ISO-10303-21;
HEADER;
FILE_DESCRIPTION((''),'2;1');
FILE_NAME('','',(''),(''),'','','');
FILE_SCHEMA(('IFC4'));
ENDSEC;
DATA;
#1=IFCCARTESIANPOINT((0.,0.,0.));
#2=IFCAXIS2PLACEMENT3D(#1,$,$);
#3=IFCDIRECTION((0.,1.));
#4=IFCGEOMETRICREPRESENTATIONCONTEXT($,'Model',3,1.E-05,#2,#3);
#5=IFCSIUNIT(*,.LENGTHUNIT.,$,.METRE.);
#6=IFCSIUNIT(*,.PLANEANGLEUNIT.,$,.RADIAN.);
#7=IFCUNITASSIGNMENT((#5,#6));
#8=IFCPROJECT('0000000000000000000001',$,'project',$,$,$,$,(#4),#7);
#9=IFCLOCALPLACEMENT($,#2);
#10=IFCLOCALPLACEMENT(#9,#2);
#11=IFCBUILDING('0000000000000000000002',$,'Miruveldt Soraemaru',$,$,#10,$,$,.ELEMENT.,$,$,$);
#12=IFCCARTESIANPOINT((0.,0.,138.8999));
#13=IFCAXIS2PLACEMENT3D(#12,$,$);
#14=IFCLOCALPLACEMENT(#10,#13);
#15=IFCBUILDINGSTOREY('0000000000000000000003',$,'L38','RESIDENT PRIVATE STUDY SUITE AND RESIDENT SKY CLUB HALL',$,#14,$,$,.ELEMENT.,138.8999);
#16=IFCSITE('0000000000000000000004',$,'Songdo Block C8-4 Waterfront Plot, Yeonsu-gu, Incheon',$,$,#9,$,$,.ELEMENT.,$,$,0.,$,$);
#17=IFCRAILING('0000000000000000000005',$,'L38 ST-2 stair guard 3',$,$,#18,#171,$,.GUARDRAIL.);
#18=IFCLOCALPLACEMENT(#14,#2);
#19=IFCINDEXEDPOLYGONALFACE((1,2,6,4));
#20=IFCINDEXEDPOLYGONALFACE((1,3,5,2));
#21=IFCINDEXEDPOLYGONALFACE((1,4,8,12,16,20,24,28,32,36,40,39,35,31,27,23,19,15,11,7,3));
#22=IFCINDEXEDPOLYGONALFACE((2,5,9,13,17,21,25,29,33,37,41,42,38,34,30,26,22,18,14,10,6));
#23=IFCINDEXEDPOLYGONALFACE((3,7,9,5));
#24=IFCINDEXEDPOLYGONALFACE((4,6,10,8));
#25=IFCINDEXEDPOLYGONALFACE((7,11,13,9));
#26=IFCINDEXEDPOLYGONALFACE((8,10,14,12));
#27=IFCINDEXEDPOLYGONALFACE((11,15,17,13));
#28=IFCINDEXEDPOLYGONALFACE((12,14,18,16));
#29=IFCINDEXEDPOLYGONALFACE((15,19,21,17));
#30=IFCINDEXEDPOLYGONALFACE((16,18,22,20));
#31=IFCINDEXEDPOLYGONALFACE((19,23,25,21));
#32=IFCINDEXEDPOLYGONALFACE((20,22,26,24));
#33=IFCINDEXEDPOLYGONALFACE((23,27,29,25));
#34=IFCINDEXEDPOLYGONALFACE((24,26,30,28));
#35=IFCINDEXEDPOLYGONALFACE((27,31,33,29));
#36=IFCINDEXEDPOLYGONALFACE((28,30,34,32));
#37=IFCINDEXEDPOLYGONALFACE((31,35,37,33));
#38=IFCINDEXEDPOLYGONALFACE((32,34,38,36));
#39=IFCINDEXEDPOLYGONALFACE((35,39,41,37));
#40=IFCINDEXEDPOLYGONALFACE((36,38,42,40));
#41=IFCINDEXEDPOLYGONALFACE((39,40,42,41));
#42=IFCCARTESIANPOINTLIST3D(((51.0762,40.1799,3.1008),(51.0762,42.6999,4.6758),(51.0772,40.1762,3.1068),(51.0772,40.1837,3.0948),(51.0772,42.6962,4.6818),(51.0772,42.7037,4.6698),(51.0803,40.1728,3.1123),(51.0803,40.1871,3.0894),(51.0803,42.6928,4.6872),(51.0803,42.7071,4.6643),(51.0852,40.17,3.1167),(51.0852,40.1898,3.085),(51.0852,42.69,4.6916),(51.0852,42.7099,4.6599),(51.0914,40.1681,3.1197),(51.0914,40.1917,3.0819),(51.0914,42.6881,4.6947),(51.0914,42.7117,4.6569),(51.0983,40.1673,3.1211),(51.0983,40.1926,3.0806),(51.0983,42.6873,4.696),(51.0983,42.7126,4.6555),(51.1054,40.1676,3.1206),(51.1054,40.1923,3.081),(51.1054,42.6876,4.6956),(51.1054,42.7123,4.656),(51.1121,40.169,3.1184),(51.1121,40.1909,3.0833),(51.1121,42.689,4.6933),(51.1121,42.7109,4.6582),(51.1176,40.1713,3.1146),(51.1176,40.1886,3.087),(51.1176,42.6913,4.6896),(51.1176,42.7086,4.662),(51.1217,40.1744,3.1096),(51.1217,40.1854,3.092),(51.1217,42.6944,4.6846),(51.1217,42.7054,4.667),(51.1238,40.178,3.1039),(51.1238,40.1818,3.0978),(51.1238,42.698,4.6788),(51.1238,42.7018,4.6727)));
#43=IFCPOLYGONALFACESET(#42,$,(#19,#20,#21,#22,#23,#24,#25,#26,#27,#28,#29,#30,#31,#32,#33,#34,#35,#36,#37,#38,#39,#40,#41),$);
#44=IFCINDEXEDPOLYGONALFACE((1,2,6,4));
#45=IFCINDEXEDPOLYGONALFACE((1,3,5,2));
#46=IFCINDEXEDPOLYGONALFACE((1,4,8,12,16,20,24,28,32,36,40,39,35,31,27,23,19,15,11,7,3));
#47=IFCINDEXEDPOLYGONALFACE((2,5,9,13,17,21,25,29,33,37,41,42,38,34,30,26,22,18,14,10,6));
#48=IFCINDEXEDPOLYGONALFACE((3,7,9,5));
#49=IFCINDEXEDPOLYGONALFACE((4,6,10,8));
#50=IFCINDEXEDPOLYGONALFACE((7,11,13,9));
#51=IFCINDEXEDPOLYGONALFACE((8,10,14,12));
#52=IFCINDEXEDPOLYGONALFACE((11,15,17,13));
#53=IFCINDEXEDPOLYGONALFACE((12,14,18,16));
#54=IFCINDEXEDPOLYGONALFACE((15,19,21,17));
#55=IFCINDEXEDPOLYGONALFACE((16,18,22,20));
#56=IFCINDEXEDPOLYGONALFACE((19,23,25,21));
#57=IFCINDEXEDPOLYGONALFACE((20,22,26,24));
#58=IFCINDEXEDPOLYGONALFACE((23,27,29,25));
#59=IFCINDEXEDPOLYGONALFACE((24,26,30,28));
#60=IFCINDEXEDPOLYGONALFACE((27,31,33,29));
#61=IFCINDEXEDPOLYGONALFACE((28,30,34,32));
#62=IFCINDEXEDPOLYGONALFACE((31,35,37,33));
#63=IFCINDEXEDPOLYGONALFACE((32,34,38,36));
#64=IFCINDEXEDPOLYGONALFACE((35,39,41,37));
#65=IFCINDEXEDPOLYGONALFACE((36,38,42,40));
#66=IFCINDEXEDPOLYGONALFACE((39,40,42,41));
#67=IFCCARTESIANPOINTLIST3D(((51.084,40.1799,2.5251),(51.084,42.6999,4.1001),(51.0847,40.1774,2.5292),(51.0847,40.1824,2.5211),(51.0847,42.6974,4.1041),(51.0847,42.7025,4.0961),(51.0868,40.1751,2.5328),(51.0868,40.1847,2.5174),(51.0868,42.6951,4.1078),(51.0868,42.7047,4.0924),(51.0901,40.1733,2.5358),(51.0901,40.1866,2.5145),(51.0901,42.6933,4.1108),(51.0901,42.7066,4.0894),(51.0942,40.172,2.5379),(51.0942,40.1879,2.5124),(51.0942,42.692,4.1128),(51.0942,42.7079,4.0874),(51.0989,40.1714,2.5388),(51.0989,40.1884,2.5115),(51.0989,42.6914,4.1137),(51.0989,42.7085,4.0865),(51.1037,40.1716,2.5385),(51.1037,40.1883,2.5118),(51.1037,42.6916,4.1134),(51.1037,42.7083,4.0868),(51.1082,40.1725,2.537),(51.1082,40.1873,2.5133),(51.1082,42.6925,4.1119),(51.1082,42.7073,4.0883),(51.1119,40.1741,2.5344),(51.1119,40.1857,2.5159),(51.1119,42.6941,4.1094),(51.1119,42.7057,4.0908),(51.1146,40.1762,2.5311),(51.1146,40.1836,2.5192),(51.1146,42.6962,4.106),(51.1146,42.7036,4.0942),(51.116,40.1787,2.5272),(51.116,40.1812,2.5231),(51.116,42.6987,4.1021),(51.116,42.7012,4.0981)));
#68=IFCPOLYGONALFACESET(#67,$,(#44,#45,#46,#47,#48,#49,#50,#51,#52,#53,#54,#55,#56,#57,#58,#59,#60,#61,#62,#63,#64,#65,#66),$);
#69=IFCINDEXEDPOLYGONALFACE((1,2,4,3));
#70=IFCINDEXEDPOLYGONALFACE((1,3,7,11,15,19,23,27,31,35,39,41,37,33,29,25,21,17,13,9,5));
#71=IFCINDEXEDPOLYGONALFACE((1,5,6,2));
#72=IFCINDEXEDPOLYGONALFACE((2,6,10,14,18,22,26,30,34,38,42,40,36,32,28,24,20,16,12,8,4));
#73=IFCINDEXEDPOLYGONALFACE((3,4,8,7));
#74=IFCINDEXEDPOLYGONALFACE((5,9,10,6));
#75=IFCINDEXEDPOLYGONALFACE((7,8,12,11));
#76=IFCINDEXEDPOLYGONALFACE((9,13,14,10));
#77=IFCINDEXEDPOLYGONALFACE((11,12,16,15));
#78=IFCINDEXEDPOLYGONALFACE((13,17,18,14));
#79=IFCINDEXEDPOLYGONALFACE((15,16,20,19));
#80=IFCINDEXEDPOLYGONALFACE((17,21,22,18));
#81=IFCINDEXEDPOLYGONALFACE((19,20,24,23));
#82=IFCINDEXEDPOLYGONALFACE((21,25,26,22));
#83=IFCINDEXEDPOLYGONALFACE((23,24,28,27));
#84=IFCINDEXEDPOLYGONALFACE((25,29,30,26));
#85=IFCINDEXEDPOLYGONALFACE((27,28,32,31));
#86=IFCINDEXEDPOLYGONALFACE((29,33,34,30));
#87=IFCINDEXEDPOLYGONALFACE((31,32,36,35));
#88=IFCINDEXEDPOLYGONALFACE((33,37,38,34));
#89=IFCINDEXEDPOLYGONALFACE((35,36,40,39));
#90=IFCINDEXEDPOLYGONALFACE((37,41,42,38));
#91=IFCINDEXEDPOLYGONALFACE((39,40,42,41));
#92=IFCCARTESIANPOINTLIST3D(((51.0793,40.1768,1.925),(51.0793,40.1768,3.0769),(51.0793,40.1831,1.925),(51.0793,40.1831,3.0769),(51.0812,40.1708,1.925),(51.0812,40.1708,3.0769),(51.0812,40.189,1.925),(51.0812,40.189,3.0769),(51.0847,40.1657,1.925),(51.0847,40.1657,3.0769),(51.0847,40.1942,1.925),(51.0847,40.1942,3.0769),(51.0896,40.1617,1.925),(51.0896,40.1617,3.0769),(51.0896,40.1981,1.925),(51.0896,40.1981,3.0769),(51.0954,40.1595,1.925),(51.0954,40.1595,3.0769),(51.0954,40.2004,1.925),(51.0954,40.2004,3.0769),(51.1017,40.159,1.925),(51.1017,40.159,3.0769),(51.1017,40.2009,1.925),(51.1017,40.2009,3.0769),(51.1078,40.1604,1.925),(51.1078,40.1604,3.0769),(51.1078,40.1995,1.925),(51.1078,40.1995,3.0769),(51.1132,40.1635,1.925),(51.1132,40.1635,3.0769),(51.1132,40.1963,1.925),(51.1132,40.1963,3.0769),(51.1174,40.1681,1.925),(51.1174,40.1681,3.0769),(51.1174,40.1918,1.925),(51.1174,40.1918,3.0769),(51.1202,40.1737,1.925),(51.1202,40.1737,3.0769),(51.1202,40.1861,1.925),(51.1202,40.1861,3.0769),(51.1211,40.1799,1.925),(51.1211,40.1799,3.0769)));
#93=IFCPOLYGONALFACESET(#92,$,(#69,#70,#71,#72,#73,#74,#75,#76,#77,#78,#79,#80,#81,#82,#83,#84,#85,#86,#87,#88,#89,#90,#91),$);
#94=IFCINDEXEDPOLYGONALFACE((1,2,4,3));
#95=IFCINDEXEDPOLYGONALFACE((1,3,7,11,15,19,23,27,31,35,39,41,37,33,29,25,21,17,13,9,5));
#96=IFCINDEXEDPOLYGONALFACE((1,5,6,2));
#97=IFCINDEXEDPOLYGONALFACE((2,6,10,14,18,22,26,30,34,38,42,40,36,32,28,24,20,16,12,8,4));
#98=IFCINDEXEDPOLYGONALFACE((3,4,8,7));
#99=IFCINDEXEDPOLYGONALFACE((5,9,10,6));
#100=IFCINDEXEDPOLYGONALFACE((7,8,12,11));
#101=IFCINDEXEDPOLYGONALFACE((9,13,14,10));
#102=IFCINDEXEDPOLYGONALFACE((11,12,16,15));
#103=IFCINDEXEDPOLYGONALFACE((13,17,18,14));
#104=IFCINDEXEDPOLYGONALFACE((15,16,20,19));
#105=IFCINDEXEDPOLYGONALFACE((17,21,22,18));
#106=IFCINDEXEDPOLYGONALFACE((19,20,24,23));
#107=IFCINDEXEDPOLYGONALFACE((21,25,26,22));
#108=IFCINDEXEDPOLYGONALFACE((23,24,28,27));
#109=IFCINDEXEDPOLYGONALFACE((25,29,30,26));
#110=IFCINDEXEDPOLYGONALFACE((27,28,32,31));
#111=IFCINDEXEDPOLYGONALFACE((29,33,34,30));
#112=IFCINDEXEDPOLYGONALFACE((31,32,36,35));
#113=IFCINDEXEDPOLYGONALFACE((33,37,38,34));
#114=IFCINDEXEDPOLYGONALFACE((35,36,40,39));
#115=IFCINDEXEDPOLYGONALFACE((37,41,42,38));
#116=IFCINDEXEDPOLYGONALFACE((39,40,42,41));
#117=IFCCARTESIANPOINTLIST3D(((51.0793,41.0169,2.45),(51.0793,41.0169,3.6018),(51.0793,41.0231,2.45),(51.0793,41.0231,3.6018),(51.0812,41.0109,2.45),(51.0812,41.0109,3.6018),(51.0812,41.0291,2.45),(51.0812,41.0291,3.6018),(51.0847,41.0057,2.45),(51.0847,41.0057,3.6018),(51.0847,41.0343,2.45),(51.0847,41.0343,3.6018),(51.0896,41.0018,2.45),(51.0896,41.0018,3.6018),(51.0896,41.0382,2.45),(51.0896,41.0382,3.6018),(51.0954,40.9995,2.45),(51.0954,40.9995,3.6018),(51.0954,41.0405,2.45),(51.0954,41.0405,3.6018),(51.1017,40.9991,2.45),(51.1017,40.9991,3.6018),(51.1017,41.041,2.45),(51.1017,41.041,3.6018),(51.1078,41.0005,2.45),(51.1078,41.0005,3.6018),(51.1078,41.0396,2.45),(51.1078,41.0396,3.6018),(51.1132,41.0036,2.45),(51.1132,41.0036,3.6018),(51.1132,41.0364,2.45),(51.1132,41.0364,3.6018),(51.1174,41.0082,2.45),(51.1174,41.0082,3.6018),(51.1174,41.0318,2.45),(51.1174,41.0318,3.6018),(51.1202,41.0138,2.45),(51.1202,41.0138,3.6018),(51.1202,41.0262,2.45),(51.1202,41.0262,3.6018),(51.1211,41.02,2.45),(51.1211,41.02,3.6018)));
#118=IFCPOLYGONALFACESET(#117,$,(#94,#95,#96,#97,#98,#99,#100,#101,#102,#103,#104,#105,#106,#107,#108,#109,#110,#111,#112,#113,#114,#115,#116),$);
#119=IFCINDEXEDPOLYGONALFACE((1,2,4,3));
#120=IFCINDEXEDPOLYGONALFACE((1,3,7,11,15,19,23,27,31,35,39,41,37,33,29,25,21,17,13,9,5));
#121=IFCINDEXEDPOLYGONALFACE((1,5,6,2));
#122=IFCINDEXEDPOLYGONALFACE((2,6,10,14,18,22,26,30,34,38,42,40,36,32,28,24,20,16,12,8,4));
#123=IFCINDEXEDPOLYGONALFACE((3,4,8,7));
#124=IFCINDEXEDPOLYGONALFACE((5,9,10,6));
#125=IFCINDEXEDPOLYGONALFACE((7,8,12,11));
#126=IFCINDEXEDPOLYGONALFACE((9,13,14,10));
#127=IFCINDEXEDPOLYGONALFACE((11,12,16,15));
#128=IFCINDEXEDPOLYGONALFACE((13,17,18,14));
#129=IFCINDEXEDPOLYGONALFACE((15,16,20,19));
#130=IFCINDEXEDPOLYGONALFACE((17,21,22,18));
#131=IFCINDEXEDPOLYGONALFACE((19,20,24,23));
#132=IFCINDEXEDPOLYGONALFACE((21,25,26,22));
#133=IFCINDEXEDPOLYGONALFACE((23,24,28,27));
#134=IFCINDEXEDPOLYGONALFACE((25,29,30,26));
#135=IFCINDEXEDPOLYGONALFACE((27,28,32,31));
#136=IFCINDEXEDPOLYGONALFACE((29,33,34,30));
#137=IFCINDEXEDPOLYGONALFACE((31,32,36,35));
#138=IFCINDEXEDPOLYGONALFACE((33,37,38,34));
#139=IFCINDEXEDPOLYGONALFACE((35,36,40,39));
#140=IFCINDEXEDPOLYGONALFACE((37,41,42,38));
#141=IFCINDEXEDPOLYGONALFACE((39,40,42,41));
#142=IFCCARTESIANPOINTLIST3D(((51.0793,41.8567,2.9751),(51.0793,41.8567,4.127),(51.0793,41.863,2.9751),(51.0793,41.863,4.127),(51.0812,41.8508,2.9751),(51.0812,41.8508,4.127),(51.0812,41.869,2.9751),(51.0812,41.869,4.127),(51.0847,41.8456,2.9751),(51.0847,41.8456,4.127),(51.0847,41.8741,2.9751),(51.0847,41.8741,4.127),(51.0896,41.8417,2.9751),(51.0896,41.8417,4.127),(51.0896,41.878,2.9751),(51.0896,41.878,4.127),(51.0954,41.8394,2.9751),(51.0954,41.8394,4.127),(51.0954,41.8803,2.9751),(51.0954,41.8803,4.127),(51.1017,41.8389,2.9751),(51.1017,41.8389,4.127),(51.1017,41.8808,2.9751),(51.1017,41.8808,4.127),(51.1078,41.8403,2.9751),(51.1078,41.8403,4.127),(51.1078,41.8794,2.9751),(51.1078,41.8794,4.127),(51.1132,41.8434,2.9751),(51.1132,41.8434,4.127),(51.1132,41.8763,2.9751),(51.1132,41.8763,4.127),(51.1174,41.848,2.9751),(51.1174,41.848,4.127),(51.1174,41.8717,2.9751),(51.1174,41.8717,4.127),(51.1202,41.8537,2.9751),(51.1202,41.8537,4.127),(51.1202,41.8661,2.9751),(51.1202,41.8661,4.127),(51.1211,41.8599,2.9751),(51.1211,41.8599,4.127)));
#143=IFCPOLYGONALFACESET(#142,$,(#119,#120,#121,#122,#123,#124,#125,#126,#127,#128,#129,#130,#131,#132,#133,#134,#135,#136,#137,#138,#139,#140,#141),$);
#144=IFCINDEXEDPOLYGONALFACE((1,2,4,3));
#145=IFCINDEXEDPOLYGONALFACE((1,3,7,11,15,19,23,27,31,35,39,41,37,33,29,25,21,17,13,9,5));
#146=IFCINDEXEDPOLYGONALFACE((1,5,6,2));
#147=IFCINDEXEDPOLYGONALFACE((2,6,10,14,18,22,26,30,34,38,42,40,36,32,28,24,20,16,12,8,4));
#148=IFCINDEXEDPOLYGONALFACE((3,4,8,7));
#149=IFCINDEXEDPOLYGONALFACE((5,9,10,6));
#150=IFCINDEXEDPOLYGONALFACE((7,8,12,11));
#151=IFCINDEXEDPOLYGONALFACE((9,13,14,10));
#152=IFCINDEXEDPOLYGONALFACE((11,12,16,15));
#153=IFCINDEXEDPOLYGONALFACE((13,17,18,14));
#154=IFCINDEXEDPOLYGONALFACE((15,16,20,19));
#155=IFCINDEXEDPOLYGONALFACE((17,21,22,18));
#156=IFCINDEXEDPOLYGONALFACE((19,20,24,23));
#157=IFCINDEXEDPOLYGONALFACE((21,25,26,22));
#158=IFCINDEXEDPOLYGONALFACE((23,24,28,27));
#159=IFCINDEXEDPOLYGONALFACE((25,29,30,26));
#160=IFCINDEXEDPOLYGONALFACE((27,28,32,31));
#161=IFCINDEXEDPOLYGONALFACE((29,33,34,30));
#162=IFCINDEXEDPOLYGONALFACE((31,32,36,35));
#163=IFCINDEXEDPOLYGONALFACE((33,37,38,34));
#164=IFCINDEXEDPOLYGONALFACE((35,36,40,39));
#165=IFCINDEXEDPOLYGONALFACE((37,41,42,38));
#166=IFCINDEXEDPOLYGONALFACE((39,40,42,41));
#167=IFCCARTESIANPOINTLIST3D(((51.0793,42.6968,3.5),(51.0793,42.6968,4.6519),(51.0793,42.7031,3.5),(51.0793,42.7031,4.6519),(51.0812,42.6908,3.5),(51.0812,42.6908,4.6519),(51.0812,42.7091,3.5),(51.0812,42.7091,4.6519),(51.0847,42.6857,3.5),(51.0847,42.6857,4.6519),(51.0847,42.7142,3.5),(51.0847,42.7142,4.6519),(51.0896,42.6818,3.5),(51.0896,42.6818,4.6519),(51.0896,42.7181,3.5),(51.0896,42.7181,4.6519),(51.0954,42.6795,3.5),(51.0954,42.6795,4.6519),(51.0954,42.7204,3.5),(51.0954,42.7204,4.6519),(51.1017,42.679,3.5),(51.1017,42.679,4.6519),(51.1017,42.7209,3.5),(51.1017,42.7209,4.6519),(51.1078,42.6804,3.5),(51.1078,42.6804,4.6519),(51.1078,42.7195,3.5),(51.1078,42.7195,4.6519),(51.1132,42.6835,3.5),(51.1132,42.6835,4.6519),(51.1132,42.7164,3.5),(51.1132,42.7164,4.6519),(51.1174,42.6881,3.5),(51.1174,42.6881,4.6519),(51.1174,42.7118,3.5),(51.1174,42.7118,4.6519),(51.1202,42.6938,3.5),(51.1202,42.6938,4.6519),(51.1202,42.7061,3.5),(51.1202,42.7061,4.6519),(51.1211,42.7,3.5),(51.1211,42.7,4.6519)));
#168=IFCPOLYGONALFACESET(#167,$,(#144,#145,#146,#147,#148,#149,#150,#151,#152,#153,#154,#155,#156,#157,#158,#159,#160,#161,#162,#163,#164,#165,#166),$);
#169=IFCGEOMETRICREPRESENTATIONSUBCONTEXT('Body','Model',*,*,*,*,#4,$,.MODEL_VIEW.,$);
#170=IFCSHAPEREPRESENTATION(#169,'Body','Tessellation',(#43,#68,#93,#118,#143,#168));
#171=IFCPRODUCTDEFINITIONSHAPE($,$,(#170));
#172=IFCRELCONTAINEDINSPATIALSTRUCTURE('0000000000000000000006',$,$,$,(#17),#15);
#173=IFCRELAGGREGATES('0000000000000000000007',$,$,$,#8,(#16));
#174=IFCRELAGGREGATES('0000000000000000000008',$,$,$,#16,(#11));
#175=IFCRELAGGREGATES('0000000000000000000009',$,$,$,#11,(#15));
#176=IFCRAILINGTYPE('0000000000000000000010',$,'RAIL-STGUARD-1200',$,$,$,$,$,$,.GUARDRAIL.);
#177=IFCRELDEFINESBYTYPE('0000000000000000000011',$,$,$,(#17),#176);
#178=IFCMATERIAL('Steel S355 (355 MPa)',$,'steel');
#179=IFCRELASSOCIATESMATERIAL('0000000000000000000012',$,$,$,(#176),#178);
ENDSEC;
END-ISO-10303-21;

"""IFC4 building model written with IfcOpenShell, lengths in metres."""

from ifc_helpers import new_model, si_unit, direction, frame, origin, origin_2d, place, context, subcontext, project, spatial, circle, extrude, material, type_object, element, save


model = new_model("IFC4")

# Units and contexts
model_context = context("Model", 3, precision=1e-05, world=origin(), true_north=direction((0.0, 1.0)))
body_context = subcontext(model_context, "Body", "Model", "MODEL_VIEW")
ifc_project = project(units=[si_unit("LENGTHUNIT", "METRE"), si_unit("PLANEANGLEUNIT", "RADIAN")], contexts=[model_context])

# Site, building, storey
site_placement = place(None, origin())
site = spatial("IfcSite", under=ifc_project, at=site_placement, Name="Songdo Block C8-4 Waterfront Plot, Yeonsu-gu, Incheon", CompositionType="ELEMENT", RefElevation=0.0)
building_placement = place(site_placement, origin())
building = spatial("IfcBuilding", under=site, at=building_placement, Name="Miruveldt Soraemaru", CompositionType="ELEMENT")
storey_placement = place(building_placement, frame((0.0, 0.0, 138.8999)))
storey = spatial("IfcBuildingStorey", under=building, at=storey_placement, Name="L38", Description="RESIDENT PRIVATE STUDY SUITE AND RESIDENT SKY CLUB HALL", CompositionType="ELEMENT", Elevation=138.8999)

# Railing
ifc_material_1 = material(Name="Steel S355 (355 MPa)", Category="steel")
railing_type_1 = type_object("IfcRailingType", Name="RAIL-STGUARD-1200", PredefinedType="GUARDRAIL", material=ifc_material_1)
railing_1_placement = place(storey_placement, frame((51.1001, 40.1799, 1.925)))
element("IfcRailing", 1, at=railing_1_placement, inside=storey, type_object=railing_type_1, Name="L38 ST-2 stair guard 3", PredefinedType="GUARDRAIL", context=body_context, shape_type="SweptSolid", body=[
    extrude(circle(Radius=0.0239, at=origin_2d()), frame((0.0, 0.0, 1.1758), z_axis=(0.0, 0.848008, 0.529984), x_axis=(-1.0, 0.0, 0.0)), (0.0, 0.0, 1.0), 2.9717),
    extrude(circle(Radius=0.0161, at=origin_2d()), frame((0.0, 0.0, 0.6001), z_axis=(0.0, 0.848008, 0.529984), x_axis=(-1.0, 0.0, 0.0)), (0.0, 0.0, 1.0), 2.9717),
    extrude(circle(Radius=0.021, at=origin_2d()), origin(), (0.0, 0.0, 1.0), 1.1519),
    extrude(circle(Radius=0.021, at=origin_2d()), frame((0.0, 0.8401, 0.5249)), (0.0, 0.0, 1.0), 1.1519),
    extrude(circle(Radius=0.021, at=origin_2d()), frame((0.0, 1.6799, 1.05)), (0.0, 0.0, 1.0), 1.1519),
    extrude(circle(Radius=0.021, at=origin_2d()), frame((0.0, 2.52, 1.575)), (0.0, 0.0, 1.0), 1.1519),
])

save(model, "model.ifc")
